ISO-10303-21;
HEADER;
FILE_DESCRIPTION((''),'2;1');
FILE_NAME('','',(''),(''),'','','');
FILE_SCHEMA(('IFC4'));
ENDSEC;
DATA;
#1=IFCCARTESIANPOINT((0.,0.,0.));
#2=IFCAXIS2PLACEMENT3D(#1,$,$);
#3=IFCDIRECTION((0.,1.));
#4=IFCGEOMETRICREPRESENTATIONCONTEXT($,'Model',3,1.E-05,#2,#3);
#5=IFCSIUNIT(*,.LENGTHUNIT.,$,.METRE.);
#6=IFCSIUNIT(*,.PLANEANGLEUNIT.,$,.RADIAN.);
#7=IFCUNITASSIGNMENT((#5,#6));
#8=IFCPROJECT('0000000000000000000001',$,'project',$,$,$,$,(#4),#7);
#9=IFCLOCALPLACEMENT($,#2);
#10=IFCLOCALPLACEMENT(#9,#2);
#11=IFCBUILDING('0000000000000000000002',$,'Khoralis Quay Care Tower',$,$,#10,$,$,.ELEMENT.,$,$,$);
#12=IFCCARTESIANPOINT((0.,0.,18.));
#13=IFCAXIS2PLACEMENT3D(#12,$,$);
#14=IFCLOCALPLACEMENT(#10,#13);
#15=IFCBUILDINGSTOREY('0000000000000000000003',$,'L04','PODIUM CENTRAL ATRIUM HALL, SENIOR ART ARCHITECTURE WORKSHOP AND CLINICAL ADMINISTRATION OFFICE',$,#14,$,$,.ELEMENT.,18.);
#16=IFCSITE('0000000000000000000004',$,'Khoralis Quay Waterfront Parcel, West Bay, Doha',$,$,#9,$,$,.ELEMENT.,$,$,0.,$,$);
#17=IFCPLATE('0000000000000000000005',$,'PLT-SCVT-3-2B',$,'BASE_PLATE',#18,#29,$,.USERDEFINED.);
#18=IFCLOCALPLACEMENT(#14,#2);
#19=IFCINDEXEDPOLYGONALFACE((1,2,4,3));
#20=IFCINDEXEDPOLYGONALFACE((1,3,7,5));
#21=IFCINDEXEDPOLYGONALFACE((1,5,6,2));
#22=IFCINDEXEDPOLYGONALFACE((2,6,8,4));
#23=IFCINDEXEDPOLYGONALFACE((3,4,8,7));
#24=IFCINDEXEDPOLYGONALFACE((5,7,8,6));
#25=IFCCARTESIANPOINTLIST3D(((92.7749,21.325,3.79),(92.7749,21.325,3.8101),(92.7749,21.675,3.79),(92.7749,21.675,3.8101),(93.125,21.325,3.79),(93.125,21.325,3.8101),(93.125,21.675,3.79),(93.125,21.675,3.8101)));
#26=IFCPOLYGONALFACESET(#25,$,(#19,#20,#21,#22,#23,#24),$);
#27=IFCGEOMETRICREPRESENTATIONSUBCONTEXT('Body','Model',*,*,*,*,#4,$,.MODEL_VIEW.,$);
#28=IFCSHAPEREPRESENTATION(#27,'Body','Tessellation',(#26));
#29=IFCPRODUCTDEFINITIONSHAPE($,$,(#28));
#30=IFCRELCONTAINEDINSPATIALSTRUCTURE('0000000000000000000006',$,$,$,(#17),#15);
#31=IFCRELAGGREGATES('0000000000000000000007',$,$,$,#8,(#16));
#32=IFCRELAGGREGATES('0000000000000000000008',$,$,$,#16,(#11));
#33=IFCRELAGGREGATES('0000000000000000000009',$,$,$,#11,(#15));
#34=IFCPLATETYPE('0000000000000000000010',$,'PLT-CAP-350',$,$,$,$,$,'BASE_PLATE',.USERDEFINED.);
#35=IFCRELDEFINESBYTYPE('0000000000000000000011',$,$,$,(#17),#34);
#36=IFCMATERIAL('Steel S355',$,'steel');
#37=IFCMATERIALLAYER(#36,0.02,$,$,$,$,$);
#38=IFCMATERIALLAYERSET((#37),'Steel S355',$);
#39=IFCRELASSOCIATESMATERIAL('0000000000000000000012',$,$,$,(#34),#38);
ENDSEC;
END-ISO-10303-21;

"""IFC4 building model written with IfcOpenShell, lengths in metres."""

from ifc_helpers import new_model, si_unit, direction, frame, origin, origin_2d, place, context, subcontext, project, spatial, rectangle, extrude, source, transform, mapped, material, layer, layer_set, type_object, element, save


model = new_model("IFC4")

# Units and contexts
model_context = context("Model", 3, precision=1e-05, world=origin(), true_north=direction((0.0, 1.0)))
body_context = subcontext(model_context, "Body", "Model", "MODEL_VIEW")
ifc_project = project(units=[si_unit("LENGTHUNIT", "METRE"), si_unit("PLANEANGLEUNIT", "RADIAN")], contexts=[model_context])

# Site, building, storey
site_placement = place(None, origin())
site = spatial("IfcSite", under=ifc_project, at=site_placement, Name="Khoralis Quay Waterfront Parcel, West Bay, Doha", CompositionType="ELEMENT", RefElevation=0.0)
building_placement = place(site_placement, origin())
building = spatial("IfcBuilding", under=site, at=building_placement, Name="Khoralis Quay Care Tower", CompositionType="ELEMENT")
storey_placement = place(building_placement, frame((0.0, 0.0, 18.0)))
storey = spatial("IfcBuildingStorey", under=building, at=storey_placement, Name="L04", Description="PODIUM CENTRAL ATRIUM HALL, SENIOR ART ARCHITECTURE WORKSHOP AND CLINICAL ADMINISTRATION OFFICE", CompositionType="ELEMENT", Elevation=18.0)

# Shared definitions
ifc_material = material(Name="Steel S355", Category="steel")

# Plate
ifc_layer = layer(ifc_material, 0.02)
ifc_layer_set = layer_set([ifc_layer], Name="Steel S355")
plate_type = type_object("IfcPlateType", Name="PLT-CAP-350", ElementType="BASE_PLATE", PredefinedType="USERDEFINED", material=ifc_layer_set)
shared_shape_1 = source(origin(), body_context, "Body", "SweptSolid", [
    extrude(rectangle(XDim=0.3501, YDim=0.3501, at=origin_2d()), origin(), (0.0, 0.0, 1.0), 0.02),
])
for number, where, z_axis, x_axis, name in (
    (1, (92.95, 21.5, 3.79), (0.0, 0.0, 1.0), (1.0, 0.0, 0.0), "PLT-SCVT-3-2B"),
):
    element("IfcPlate", number, at=place(storey_placement, frame(where, z_axis=z_axis, x_axis=x_axis)), inside=storey, type_object=plate_type, Name=name, ObjectType="BASE_PLATE", PredefinedType="USERDEFINED", context=body_context, shape_type="MappedRepresentation", body=[
        mapped(shared_shape_1, transform((0.0, 0.0, 0.0), scale=1.0)),
    ])

save(model, "model.ifc")
